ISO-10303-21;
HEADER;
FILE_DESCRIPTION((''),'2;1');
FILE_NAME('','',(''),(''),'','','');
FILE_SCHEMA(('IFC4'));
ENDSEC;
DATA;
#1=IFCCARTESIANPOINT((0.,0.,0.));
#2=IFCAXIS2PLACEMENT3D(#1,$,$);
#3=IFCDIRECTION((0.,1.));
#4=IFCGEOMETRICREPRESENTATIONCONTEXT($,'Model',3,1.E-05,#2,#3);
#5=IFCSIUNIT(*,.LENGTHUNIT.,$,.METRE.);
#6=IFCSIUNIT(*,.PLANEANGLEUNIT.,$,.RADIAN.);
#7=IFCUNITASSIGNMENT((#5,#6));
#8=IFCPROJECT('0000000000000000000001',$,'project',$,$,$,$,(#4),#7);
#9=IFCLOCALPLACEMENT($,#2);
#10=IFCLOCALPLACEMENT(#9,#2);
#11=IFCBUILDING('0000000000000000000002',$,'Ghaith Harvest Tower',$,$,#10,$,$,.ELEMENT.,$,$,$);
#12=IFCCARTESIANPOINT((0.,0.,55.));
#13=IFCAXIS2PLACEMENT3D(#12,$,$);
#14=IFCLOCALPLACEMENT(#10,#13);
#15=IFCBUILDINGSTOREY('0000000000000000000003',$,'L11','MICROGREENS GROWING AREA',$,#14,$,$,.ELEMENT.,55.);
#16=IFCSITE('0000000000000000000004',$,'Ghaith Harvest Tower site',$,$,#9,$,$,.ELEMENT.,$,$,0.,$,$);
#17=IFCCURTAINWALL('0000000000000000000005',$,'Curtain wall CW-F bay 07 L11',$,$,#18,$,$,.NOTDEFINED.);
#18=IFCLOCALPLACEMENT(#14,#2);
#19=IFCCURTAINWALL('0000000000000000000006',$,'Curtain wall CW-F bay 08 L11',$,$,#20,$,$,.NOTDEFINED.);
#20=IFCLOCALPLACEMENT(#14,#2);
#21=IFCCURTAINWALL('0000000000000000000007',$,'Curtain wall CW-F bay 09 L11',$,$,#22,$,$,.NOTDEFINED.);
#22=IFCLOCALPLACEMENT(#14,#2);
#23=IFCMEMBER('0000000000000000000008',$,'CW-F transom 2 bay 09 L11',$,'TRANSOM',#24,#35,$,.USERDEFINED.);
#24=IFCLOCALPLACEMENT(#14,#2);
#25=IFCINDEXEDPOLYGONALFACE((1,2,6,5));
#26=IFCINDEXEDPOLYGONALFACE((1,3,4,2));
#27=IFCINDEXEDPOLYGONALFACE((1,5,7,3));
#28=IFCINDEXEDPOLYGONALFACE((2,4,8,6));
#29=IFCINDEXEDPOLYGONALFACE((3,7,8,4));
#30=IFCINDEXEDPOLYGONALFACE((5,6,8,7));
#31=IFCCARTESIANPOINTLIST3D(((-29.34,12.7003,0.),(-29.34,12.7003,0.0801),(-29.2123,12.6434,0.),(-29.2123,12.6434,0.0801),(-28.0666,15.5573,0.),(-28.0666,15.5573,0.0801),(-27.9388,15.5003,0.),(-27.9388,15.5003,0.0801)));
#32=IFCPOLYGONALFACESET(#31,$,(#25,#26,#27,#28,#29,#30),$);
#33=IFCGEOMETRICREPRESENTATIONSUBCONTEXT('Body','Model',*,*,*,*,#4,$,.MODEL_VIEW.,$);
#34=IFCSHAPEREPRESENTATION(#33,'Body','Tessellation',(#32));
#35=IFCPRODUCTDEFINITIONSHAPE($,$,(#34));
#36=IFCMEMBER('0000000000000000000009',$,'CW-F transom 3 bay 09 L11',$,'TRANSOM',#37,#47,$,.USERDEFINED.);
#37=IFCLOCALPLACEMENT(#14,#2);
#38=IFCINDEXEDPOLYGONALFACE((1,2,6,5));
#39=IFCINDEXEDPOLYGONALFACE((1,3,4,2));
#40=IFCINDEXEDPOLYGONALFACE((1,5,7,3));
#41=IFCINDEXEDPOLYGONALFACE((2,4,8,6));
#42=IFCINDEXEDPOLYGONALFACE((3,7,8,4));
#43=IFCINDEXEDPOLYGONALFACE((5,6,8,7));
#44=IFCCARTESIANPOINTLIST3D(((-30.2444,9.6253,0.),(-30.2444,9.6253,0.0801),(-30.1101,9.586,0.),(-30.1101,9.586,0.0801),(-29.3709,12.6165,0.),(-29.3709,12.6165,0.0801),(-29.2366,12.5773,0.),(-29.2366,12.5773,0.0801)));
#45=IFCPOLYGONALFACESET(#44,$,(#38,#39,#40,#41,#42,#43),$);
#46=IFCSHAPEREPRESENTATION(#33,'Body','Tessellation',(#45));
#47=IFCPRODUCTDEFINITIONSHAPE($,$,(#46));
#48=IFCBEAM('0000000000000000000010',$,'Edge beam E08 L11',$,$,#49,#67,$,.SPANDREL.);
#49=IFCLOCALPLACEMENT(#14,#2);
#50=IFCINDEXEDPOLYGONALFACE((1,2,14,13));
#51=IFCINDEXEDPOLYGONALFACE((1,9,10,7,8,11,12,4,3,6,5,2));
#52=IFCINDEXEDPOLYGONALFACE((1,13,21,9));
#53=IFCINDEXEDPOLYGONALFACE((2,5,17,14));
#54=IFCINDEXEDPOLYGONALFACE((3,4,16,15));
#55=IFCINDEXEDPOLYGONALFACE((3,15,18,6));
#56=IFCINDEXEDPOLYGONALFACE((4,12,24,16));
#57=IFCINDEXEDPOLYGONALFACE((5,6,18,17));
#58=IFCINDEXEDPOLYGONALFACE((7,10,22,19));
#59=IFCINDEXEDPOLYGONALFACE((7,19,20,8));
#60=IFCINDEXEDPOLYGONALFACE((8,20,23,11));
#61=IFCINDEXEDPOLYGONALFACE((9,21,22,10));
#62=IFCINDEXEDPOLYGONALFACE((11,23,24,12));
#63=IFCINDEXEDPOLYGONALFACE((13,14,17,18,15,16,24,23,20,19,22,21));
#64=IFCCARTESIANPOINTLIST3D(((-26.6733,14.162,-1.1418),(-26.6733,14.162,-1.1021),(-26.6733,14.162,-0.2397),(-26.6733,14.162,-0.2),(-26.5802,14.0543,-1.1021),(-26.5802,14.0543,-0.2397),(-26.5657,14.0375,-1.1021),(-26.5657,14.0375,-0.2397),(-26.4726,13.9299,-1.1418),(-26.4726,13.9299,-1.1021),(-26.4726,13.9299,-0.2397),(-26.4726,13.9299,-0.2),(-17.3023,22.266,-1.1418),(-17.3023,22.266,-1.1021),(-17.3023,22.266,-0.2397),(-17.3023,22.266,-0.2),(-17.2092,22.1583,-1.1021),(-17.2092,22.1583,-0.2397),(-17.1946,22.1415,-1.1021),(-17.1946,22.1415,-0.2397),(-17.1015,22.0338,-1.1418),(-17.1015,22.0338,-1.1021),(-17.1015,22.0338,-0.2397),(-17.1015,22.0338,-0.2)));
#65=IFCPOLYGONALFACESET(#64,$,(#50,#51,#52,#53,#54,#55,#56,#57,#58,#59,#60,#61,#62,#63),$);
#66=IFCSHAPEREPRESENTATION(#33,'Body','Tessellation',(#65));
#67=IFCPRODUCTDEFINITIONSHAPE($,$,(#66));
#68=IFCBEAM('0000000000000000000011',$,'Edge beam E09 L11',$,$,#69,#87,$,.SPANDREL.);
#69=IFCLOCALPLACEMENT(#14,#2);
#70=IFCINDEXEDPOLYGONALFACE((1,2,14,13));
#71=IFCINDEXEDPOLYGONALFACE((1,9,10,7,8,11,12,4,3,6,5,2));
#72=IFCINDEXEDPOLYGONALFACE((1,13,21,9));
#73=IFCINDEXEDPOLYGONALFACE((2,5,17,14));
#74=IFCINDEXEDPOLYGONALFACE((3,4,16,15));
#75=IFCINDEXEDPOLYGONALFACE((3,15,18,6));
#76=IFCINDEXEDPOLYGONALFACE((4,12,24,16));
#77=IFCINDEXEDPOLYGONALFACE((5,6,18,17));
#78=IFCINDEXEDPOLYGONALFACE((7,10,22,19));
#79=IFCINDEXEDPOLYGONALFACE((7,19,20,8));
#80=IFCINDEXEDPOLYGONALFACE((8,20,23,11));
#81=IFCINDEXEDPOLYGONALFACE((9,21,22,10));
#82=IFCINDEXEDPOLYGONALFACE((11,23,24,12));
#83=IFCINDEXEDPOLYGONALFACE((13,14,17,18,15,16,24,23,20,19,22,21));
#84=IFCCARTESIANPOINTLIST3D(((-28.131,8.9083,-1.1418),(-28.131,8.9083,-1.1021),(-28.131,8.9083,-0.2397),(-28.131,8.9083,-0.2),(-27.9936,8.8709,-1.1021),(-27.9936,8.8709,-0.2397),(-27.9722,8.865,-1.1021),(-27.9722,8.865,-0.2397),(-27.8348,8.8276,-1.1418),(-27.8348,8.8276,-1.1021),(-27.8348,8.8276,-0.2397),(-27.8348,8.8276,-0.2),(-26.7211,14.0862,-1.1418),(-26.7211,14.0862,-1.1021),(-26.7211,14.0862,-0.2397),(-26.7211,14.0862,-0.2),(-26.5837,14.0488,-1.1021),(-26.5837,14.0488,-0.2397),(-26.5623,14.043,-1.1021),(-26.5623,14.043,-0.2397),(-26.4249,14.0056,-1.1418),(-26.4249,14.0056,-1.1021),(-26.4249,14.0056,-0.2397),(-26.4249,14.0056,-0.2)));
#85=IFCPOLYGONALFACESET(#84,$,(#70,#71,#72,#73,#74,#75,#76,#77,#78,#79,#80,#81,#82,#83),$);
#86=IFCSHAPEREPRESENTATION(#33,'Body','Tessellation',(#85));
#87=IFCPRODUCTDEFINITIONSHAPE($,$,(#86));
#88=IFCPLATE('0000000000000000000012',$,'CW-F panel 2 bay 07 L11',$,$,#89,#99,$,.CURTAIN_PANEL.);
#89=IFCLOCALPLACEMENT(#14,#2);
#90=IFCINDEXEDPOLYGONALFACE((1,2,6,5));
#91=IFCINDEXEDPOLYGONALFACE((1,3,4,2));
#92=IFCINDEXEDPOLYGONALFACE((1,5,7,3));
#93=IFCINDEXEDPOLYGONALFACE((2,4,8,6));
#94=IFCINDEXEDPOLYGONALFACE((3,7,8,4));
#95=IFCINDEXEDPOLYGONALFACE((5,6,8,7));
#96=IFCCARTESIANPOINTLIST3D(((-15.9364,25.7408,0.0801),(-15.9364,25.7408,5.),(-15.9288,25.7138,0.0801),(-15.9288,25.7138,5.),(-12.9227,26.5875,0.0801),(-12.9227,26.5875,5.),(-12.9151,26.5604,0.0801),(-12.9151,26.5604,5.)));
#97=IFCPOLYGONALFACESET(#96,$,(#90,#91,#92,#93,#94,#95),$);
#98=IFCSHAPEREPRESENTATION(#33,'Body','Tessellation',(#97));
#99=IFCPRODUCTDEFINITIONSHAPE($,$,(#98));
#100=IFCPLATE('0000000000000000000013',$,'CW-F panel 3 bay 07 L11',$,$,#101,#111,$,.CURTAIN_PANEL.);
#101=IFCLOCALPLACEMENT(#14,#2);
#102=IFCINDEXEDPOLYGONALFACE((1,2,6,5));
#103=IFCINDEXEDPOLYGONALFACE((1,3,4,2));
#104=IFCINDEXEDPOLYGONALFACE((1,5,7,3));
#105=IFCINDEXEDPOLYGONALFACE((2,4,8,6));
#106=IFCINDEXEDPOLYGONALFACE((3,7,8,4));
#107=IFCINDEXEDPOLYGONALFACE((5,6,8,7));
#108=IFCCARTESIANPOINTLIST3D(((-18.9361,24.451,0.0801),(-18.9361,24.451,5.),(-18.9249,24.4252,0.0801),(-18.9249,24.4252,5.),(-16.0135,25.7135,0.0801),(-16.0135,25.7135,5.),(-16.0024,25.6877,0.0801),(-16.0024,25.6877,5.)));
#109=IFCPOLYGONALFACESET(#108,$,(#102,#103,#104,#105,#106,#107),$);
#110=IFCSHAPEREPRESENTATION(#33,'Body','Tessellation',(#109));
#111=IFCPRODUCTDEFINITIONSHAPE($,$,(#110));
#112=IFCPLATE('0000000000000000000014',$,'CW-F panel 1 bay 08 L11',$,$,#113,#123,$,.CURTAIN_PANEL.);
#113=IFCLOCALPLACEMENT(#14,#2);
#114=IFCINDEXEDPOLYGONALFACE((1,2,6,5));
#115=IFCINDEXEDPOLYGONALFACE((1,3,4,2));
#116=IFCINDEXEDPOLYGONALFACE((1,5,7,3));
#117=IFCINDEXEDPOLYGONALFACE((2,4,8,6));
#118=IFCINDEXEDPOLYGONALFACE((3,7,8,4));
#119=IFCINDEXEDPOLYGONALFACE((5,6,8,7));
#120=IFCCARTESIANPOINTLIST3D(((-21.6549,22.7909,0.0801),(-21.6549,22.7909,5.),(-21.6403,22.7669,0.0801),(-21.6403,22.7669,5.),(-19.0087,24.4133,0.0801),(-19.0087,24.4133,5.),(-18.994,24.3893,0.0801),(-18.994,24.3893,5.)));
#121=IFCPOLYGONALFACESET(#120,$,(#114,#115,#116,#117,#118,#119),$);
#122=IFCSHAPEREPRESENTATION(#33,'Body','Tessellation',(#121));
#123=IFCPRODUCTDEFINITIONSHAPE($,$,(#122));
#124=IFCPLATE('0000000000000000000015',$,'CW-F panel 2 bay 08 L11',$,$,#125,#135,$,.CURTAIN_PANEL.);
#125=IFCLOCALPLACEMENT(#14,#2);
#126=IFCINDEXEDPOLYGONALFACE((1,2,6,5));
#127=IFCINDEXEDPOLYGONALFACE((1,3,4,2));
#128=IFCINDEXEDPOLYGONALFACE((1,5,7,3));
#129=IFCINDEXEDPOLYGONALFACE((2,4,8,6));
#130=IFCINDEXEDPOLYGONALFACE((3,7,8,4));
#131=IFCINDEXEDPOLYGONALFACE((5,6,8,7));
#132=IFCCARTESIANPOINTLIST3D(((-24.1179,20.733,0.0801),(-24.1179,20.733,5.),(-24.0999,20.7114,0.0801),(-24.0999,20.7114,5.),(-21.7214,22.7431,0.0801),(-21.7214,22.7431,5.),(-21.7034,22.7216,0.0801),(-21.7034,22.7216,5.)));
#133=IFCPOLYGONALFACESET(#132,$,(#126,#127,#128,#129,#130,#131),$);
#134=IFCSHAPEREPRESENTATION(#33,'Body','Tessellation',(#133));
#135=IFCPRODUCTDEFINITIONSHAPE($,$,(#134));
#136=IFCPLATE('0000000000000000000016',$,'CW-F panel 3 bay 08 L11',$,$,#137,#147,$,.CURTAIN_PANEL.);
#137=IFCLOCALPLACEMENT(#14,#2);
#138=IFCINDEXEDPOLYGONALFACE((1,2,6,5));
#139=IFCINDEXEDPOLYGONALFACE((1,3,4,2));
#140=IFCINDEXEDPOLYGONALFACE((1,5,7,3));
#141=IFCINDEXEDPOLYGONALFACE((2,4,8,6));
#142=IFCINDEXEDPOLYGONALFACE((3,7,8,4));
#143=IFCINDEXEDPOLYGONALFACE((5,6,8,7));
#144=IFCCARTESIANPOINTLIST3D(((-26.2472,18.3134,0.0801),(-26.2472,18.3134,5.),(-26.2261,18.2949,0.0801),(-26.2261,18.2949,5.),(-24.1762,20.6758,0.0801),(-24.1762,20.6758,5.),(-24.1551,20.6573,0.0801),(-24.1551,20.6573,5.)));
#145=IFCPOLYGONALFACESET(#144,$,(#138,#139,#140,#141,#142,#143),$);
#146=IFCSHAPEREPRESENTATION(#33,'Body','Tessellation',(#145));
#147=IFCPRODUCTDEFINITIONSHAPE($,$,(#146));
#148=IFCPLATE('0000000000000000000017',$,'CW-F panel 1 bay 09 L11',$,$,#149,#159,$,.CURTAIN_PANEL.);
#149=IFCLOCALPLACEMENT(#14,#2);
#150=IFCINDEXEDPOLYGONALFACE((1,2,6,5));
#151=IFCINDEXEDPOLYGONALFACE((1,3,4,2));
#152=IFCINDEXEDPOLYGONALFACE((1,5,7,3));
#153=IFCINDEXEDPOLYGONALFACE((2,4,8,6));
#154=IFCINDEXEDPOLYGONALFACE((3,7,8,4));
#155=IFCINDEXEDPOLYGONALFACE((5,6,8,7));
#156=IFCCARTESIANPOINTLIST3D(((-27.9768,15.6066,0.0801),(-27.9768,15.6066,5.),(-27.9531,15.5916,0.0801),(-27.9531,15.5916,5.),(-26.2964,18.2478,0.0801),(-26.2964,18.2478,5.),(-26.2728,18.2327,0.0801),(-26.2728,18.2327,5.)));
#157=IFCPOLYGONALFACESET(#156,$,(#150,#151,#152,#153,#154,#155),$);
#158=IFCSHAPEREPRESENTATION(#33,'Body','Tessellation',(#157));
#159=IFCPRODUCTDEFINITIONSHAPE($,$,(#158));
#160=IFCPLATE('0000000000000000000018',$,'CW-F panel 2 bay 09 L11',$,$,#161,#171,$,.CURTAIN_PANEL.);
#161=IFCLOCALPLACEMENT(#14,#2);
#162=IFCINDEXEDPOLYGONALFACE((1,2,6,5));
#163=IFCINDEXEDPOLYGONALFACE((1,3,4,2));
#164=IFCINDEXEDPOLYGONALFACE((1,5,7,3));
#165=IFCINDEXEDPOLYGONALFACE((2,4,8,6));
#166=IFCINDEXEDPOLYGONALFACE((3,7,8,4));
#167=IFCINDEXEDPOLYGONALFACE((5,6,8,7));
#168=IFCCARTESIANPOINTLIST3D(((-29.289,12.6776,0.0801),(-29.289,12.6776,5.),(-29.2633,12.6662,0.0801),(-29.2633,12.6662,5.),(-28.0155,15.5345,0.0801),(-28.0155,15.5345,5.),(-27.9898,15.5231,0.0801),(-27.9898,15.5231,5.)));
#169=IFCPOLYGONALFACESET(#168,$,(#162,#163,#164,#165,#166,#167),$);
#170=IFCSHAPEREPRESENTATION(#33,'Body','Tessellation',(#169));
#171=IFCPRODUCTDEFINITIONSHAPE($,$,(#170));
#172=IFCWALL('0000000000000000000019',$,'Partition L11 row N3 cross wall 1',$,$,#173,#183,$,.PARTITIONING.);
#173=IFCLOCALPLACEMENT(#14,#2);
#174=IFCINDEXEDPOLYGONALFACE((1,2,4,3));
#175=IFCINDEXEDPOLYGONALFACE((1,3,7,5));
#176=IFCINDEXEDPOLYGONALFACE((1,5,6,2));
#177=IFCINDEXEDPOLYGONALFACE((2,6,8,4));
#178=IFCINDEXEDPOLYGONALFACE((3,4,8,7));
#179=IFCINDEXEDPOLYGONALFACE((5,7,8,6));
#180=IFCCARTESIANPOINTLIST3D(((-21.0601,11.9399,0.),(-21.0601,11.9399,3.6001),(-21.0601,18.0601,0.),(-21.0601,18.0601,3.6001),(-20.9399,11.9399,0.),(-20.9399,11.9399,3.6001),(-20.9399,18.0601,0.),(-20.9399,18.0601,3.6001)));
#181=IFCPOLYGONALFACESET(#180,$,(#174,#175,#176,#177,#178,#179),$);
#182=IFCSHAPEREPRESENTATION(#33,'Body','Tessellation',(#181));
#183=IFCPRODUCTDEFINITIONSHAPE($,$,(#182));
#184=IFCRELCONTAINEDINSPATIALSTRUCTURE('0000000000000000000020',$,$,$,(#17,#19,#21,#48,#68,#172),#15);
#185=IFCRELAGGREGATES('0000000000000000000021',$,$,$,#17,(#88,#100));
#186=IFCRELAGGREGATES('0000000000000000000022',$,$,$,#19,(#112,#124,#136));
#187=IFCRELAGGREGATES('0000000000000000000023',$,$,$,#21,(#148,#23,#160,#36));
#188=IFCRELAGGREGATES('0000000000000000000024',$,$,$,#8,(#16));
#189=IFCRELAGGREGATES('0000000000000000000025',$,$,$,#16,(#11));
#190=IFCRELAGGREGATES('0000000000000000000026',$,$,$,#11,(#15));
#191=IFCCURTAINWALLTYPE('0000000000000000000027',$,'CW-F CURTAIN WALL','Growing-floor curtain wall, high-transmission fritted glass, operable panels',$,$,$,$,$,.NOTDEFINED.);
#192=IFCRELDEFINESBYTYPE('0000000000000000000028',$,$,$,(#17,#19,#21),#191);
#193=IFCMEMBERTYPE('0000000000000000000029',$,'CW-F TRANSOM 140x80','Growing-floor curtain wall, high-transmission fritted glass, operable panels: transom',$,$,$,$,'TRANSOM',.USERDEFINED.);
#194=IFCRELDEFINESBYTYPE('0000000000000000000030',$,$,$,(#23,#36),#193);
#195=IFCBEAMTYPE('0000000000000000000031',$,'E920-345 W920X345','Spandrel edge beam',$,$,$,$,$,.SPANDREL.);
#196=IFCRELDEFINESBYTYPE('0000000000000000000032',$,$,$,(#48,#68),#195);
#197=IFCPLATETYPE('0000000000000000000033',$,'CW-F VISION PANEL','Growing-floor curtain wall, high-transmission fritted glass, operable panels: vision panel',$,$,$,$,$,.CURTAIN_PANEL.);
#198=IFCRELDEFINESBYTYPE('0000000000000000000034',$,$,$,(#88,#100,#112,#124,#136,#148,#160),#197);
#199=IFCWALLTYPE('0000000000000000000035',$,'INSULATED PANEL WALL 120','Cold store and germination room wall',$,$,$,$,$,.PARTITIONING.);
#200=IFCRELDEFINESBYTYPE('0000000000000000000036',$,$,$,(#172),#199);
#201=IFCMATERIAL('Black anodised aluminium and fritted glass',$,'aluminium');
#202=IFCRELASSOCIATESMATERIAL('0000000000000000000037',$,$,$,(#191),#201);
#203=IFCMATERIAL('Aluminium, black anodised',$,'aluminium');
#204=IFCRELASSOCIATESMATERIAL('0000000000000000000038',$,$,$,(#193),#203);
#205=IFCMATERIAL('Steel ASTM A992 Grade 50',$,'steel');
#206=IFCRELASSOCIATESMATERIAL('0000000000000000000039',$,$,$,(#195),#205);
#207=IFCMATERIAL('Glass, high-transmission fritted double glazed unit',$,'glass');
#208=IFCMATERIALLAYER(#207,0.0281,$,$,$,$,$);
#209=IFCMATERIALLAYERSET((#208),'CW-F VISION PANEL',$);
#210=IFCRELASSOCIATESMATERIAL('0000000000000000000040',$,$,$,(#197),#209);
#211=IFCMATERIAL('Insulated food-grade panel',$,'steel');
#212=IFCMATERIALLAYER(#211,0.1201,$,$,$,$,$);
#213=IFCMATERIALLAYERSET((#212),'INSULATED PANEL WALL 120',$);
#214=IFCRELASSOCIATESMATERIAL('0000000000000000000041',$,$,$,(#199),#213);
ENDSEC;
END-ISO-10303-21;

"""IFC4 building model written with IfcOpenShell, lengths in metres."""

from ifc_helpers import new_model, si_unit, direction, frame, frame_2d, origin, origin_2d, place, context, subcontext, project, spatial, rectangle, i_section, extrude, material, layer, layer_set, material_profile, profile_set, type_object, element, aggregate, save


model = new_model("IFC4")

# Units and contexts
model_context = context("Model", 3, precision=1e-05, world=origin(), true_north=direction((0.0, 1.0)))
body_context = subcontext(model_context, "Body", "Model", "MODEL_VIEW")
ifc_project = project(units=[si_unit("LENGTHUNIT", "METRE"), si_unit("PLANEANGLEUNIT", "RADIAN")], contexts=[model_context])

# Site, building, storey
site_placement = place(None, origin())
site = spatial("IfcSite", under=ifc_project, at=site_placement, Name="Ghaith Harvest Tower site", CompositionType="ELEMENT", RefElevation=0.0)
building_placement = place(site_placement, origin())
building = spatial("IfcBuilding", under=site, at=building_placement, Name="Ghaith Harvest Tower", CompositionType="ELEMENT")
storey_placement = place(building_placement, frame((0.0, 0.0, 55.0)))
storey = spatial("IfcBuildingStorey", under=building, at=storey_placement, Name="L11", Description="MICROGREENS GROWING AREA", CompositionType="ELEMENT", Elevation=55.0)

# Curtain wall
ifc_material_1 = material(Name="Black anodised aluminium and fritted glass", Category="aluminium")
curtain_wall_type = type_object("IfcCurtainWallType", Name="CW-F CURTAIN WALL", Description="Growing-floor curtain wall, high-transmission fritted glass, operable panels", PredefinedType="NOTDEFINED", material=ifc_material_1)
curtain_wall_1_placement = place(storey_placement, origin())
curtain_wall_1 = element("IfcCurtainWall", 1, at=curtain_wall_1_placement, inside=storey, type_object=curtain_wall_type, Name="Curtain wall CW-F bay 07 L11", PredefinedType="NOTDEFINED")

# Curtain walls
curtain_wall_2_placement = place(storey_placement, origin())
curtain_wall_2 = element("IfcCurtainWall", 2, at=curtain_wall_2_placement, inside=storey, type_object=curtain_wall_type, Name="Curtain wall CW-F bay 08 L11", PredefinedType="NOTDEFINED")
curtain_wall_3_placement = place(storey_placement, origin())
curtain_wall_3 = element("IfcCurtainWall", 3, at=curtain_wall_3_placement, inside=storey, type_object=curtain_wall_type, Name="Curtain wall CW-F bay 09 L11", PredefinedType="NOTDEFINED")

# Members
ifc_material_2 = material(Name="Aluminium, black anodised", Category="aluminium")
ifc_material_profile_1 = material_profile(ifc_material_2, rectangle(XDim=0.1399, YDim=0.0801, at=origin_2d()), Name="CW-F TRANSOM 140x80")
ifc_profile_set_1 = profile_set([ifc_material_profile_1], Name="Aluminium, black anodised")
member_type_1 = type_object("IfcMemberType", Name="CW-F TRANSOM 140x80", Description="Growing-floor curtain wall, high-transmission fritted glass, operable panels: transom", ElementType="TRANSOM", PredefinedType="USERDEFINED", material=ifc_profile_set_1)
member_1_placement = place(storey_placement, frame((-28.0027, 15.5288, 0.04), z_axis=(-0.407123, -0.913373, 0.0), x_axis=(0.913373, -0.407123, 0.0)))
member_1 = element("IfcMember", 4, at=member_1_placement, type_object=member_type_1, Name="CW-F transom 2 bay 09 L11", ObjectType="TRANSOM", PredefinedType="USERDEFINED", context=body_context, shape_type="SweptSolid", body=[
    extrude(rectangle(XDim=0.1399, YDim=0.0801, at=origin_2d()), origin(), (0.0, 0.0, 1.0), 3.1279),
])
member_2_placement = place(storey_placement, frame((-29.3037, 12.5969, 0.04), z_axis=(-0.280325, -0.959905, 0.0), x_axis=(0.959905, -0.280325, 0.0)))
member_2 = element("IfcMember", 5, at=member_2_placement, type_object=member_type_1, Name="CW-F transom 3 bay 09 L11", ObjectType="TRANSOM", PredefinedType="USERDEFINED", context=body_context, shape_type="SweptSolid", body=[
    extrude(rectangle(XDim=0.1399, YDim=0.0801, at=origin_2d()), origin(), (0.0, 0.0, 1.0), 3.1162),
])

# Beams
ifc_material_3 = material(Name="Steel ASTM A992 Grade 50", Category="steel")
ifc_material_profile_2 = material_profile(ifc_material_3, i_section(OverallWidth=0.3069, OverallDepth=0.9419, WebThickness=0.0222, FlangeThickness=0.0398, at=origin_2d()), Name="W920X345")
ifc_profile_set_2 = profile_set([ifc_material_profile_2], Name="Steel ASTM A992 Grade 50")
beam_type = type_object("IfcBeamType", Name="E920-345 W920X345", Description="Spandrel edge beam", PredefinedType="SPANDREL", material=ifc_profile_set_2)
beam_1_placement = place(storey_placement, frame((-17.2019, 22.1499, -0.6709), z_axis=(-0.756392, -0.654118, 0.0), x_axis=(0.654118, -0.756392, 0.0)))
element("IfcBeam", 6, at=beam_1_placement, inside=storey, type_object=beam_type, Name="Edge beam E08 L11", PredefinedType="SPANDREL", context=body_context, shape_type="SweptSolid", body=[
    extrude(i_section(OverallWidth=0.3069, OverallDepth=0.9419, WebThickness=0.0222, FlangeThickness=0.0398, at=origin_2d()), origin(), (0.0, 0.0, 1.0), 12.3892),
])
beam_2_placement = place(storey_placement, frame((-26.573, 14.0459, -0.6709), z_axis=(-0.262725, -0.964871, 0.0), x_axis=(0.964871, -0.262725, 0.0)))
element("IfcBeam", 7, at=beam_2_placement, inside=storey, type_object=beam_type, Name="Edge beam E09 L11", PredefinedType="SPANDREL", context=body_context, shape_type="SweptSolid", body=[
    extrude(i_section(OverallWidth=0.3069, OverallDepth=0.9419, WebThickness=0.0222, FlangeThickness=0.0398, at=origin_2d()), origin(), (0.0, 0.0, 1.0), 5.3665),
])

# Plates
ifc_material_4 = material(Name="Glass, high-transmission fritted double glazed unit", Category="glass")
ifc_layer_1 = layer(ifc_material_4, 0.0281)
ifc_layer_set_1 = layer_set([ifc_layer_1], Name="CW-F VISION PANEL")
plate_type = type_object("IfcPlateType", Name="CW-F VISION PANEL", Description="Growing-floor curtain wall, high-transmission fritted glass, operable panels: vision panel", PredefinedType="CURTAIN_PANEL", material=ifc_layer_set_1)
plate_1_placement = place(storey_placement, frame((-14.4258, 26.1506, 0.0801), z_axis=(0.0, 0.0, 1.0), x_axis=(-0.96273, -0.270465, 0.0)))
plate_1 = element("IfcPlate", 8, at=plate_1_placement, type_object=plate_type, Name="CW-F panel 2 bay 07 L11", PredefinedType="CURTAIN_PANEL", context=body_context, shape_type="SweptSolid", body=[
    extrude(rectangle(XDim=3.1304, YDim=0.0281, at=origin_2d()), origin(), (0.0, 0.0, 1.0), 4.9199),
])
plate_2_placement = place(storey_placement, frame((-17.4692, 25.0693, 0.0801), z_axis=(0.0, 0.0, 1.0), x_axis=(-0.918003, -0.396574, 0.0)))
plate_2 = element("IfcPlate", 9, at=plate_2_placement, type_object=plate_type, Name="CW-F panel 3 bay 07 L11", PredefinedType="CURTAIN_PANEL", context=body_context, shape_type="SweptSolid", body=[
    extrude(rectangle(XDim=3.1836, YDim=0.0281, at=origin_2d()), origin(), (0.0, 0.0, 1.0), 4.9199),
])
aggregate(curtain_wall_1, [plate_1, plate_2])
plate_3_placement = place(storey_placement, frame((-20.3245, 23.5901, 0.0801), z_axis=(0.0, 0.0, 1.0), x_axis=(-0.852528, -0.522682, 0.0)))
plate_3 = element("IfcPlate", 10, at=plate_3_placement, type_object=plate_type, Name="CW-F panel 1 bay 08 L11", PredefinedType="CURTAIN_PANEL", context=body_context, shape_type="SweptSolid", body=[
    extrude(rectangle(XDim=3.104, YDim=0.0281, at=origin_2d()), origin(), (0.0, 0.0, 1.0), 4.9199),
])
plate_4_placement = place(storey_placement, frame((-22.9106, 21.7273, 0.0801), z_axis=(0.0, 0.0, 1.0), x_axis=(-0.766155, -0.642656, 0.0)))
plate_4 = element("IfcPlate", 11, at=plate_4_placement, type_object=plate_type, Name="CW-F panel 2 bay 08 L11", PredefinedType="CURTAIN_PANEL", context=body_context, shape_type="SweptSolid", body=[
    extrude(rectangle(XDim=3.1279, YDim=0.0281, at=origin_2d()), origin(), (0.0, 0.0, 1.0), 4.9199),
])
plate_5_placement = place(storey_placement, frame((-25.2012, 19.4854, 0.0801), z_axis=(0.0, 0.0, 1.0), x_axis=(-0.659216, -0.751954, 0.0)))
plate_5 = element("IfcPlate", 12, at=plate_5_placement, type_object=plate_type, Name="CW-F panel 3 bay 08 L11", PredefinedType="CURTAIN_PANEL", context=body_context, shape_type="SweptSolid", body=[
    extrude(rectangle(XDim=3.1416, YDim=0.0281, at=origin_2d()), origin(), (0.0, 0.0, 1.0), 4.9199),
])
aggregate(curtain_wall_2, [plate_3, plate_4, plate_5])
plate_6_placement = place(storey_placement, frame((-27.1248, 16.9197, 0.0801), z_axis=(0.0, 0.0, 1.0), x_axis=(-0.536779, -0.843723, 0.0)))
plate_6 = element("IfcPlate", 13, at=plate_6_placement, type_object=plate_type, Name="CW-F panel 1 bay 09 L11", PredefinedType="CURTAIN_PANEL", context=body_context, shape_type="SweptSolid", body=[
    extrude(rectangle(XDim=3.1304, YDim=0.0281, at=origin_2d()), origin(), (0.0, 0.0, 1.0), 4.9199),
])
plate_7_placement = place(storey_placement, frame((-28.6394, 14.1003, 0.0801), z_axis=(0.0, 0.0, 1.0), x_axis=(-0.407134, -0.913368, 0.0)))
plate_7 = element("IfcPlate", 14, at=plate_7_placement, type_object=plate_type, Name="CW-F panel 2 bay 09 L11", PredefinedType="CURTAIN_PANEL", context=body_context, shape_type="SweptSolid", body=[
    extrude(rectangle(XDim=3.1279, YDim=0.0281, at=origin_2d()), origin(), (0.0, 0.0, 1.0), 4.9199),
])
aggregate(curtain_wall_3, [plate_6, member_1, plate_7, member_2])

# Wall
ifc_material_5 = material(Name="Insulated food-grade panel", Category="steel")
ifc_layer_2 = layer(ifc_material_5, 0.1201)
ifc_layer_set_2 = layer_set([ifc_layer_2], Name="INSULATED PANEL WALL 120")
wall_type_1 = type_object("IfcWallType", Name="INSULATED PANEL WALL 120", Description="Cold store and germination room wall", PredefinedType="PARTITIONING", material=ifc_layer_set_2)
wall_1_placement = place(storey_placement, frame((-21.0, 11.9399, 0.0), z_axis=(0.0, 0.0, 1.0), x_axis=(0.0, 1.0, 0.0)))
element("IfcWall", 15, at=wall_1_placement, inside=storey, type_object=wall_type_1, Name="Partition L11 row N3 cross wall 1", PredefinedType="PARTITIONING", context=body_context, shape_type="SweptSolid", body=[
    extrude(rectangle(XDim=6.1201, YDim=0.1201, at=frame_2d((3.0601, 0.0))), origin(), (0.0, 0.0, 1.0), 3.6001),
])

save(model, "model.ifc")
